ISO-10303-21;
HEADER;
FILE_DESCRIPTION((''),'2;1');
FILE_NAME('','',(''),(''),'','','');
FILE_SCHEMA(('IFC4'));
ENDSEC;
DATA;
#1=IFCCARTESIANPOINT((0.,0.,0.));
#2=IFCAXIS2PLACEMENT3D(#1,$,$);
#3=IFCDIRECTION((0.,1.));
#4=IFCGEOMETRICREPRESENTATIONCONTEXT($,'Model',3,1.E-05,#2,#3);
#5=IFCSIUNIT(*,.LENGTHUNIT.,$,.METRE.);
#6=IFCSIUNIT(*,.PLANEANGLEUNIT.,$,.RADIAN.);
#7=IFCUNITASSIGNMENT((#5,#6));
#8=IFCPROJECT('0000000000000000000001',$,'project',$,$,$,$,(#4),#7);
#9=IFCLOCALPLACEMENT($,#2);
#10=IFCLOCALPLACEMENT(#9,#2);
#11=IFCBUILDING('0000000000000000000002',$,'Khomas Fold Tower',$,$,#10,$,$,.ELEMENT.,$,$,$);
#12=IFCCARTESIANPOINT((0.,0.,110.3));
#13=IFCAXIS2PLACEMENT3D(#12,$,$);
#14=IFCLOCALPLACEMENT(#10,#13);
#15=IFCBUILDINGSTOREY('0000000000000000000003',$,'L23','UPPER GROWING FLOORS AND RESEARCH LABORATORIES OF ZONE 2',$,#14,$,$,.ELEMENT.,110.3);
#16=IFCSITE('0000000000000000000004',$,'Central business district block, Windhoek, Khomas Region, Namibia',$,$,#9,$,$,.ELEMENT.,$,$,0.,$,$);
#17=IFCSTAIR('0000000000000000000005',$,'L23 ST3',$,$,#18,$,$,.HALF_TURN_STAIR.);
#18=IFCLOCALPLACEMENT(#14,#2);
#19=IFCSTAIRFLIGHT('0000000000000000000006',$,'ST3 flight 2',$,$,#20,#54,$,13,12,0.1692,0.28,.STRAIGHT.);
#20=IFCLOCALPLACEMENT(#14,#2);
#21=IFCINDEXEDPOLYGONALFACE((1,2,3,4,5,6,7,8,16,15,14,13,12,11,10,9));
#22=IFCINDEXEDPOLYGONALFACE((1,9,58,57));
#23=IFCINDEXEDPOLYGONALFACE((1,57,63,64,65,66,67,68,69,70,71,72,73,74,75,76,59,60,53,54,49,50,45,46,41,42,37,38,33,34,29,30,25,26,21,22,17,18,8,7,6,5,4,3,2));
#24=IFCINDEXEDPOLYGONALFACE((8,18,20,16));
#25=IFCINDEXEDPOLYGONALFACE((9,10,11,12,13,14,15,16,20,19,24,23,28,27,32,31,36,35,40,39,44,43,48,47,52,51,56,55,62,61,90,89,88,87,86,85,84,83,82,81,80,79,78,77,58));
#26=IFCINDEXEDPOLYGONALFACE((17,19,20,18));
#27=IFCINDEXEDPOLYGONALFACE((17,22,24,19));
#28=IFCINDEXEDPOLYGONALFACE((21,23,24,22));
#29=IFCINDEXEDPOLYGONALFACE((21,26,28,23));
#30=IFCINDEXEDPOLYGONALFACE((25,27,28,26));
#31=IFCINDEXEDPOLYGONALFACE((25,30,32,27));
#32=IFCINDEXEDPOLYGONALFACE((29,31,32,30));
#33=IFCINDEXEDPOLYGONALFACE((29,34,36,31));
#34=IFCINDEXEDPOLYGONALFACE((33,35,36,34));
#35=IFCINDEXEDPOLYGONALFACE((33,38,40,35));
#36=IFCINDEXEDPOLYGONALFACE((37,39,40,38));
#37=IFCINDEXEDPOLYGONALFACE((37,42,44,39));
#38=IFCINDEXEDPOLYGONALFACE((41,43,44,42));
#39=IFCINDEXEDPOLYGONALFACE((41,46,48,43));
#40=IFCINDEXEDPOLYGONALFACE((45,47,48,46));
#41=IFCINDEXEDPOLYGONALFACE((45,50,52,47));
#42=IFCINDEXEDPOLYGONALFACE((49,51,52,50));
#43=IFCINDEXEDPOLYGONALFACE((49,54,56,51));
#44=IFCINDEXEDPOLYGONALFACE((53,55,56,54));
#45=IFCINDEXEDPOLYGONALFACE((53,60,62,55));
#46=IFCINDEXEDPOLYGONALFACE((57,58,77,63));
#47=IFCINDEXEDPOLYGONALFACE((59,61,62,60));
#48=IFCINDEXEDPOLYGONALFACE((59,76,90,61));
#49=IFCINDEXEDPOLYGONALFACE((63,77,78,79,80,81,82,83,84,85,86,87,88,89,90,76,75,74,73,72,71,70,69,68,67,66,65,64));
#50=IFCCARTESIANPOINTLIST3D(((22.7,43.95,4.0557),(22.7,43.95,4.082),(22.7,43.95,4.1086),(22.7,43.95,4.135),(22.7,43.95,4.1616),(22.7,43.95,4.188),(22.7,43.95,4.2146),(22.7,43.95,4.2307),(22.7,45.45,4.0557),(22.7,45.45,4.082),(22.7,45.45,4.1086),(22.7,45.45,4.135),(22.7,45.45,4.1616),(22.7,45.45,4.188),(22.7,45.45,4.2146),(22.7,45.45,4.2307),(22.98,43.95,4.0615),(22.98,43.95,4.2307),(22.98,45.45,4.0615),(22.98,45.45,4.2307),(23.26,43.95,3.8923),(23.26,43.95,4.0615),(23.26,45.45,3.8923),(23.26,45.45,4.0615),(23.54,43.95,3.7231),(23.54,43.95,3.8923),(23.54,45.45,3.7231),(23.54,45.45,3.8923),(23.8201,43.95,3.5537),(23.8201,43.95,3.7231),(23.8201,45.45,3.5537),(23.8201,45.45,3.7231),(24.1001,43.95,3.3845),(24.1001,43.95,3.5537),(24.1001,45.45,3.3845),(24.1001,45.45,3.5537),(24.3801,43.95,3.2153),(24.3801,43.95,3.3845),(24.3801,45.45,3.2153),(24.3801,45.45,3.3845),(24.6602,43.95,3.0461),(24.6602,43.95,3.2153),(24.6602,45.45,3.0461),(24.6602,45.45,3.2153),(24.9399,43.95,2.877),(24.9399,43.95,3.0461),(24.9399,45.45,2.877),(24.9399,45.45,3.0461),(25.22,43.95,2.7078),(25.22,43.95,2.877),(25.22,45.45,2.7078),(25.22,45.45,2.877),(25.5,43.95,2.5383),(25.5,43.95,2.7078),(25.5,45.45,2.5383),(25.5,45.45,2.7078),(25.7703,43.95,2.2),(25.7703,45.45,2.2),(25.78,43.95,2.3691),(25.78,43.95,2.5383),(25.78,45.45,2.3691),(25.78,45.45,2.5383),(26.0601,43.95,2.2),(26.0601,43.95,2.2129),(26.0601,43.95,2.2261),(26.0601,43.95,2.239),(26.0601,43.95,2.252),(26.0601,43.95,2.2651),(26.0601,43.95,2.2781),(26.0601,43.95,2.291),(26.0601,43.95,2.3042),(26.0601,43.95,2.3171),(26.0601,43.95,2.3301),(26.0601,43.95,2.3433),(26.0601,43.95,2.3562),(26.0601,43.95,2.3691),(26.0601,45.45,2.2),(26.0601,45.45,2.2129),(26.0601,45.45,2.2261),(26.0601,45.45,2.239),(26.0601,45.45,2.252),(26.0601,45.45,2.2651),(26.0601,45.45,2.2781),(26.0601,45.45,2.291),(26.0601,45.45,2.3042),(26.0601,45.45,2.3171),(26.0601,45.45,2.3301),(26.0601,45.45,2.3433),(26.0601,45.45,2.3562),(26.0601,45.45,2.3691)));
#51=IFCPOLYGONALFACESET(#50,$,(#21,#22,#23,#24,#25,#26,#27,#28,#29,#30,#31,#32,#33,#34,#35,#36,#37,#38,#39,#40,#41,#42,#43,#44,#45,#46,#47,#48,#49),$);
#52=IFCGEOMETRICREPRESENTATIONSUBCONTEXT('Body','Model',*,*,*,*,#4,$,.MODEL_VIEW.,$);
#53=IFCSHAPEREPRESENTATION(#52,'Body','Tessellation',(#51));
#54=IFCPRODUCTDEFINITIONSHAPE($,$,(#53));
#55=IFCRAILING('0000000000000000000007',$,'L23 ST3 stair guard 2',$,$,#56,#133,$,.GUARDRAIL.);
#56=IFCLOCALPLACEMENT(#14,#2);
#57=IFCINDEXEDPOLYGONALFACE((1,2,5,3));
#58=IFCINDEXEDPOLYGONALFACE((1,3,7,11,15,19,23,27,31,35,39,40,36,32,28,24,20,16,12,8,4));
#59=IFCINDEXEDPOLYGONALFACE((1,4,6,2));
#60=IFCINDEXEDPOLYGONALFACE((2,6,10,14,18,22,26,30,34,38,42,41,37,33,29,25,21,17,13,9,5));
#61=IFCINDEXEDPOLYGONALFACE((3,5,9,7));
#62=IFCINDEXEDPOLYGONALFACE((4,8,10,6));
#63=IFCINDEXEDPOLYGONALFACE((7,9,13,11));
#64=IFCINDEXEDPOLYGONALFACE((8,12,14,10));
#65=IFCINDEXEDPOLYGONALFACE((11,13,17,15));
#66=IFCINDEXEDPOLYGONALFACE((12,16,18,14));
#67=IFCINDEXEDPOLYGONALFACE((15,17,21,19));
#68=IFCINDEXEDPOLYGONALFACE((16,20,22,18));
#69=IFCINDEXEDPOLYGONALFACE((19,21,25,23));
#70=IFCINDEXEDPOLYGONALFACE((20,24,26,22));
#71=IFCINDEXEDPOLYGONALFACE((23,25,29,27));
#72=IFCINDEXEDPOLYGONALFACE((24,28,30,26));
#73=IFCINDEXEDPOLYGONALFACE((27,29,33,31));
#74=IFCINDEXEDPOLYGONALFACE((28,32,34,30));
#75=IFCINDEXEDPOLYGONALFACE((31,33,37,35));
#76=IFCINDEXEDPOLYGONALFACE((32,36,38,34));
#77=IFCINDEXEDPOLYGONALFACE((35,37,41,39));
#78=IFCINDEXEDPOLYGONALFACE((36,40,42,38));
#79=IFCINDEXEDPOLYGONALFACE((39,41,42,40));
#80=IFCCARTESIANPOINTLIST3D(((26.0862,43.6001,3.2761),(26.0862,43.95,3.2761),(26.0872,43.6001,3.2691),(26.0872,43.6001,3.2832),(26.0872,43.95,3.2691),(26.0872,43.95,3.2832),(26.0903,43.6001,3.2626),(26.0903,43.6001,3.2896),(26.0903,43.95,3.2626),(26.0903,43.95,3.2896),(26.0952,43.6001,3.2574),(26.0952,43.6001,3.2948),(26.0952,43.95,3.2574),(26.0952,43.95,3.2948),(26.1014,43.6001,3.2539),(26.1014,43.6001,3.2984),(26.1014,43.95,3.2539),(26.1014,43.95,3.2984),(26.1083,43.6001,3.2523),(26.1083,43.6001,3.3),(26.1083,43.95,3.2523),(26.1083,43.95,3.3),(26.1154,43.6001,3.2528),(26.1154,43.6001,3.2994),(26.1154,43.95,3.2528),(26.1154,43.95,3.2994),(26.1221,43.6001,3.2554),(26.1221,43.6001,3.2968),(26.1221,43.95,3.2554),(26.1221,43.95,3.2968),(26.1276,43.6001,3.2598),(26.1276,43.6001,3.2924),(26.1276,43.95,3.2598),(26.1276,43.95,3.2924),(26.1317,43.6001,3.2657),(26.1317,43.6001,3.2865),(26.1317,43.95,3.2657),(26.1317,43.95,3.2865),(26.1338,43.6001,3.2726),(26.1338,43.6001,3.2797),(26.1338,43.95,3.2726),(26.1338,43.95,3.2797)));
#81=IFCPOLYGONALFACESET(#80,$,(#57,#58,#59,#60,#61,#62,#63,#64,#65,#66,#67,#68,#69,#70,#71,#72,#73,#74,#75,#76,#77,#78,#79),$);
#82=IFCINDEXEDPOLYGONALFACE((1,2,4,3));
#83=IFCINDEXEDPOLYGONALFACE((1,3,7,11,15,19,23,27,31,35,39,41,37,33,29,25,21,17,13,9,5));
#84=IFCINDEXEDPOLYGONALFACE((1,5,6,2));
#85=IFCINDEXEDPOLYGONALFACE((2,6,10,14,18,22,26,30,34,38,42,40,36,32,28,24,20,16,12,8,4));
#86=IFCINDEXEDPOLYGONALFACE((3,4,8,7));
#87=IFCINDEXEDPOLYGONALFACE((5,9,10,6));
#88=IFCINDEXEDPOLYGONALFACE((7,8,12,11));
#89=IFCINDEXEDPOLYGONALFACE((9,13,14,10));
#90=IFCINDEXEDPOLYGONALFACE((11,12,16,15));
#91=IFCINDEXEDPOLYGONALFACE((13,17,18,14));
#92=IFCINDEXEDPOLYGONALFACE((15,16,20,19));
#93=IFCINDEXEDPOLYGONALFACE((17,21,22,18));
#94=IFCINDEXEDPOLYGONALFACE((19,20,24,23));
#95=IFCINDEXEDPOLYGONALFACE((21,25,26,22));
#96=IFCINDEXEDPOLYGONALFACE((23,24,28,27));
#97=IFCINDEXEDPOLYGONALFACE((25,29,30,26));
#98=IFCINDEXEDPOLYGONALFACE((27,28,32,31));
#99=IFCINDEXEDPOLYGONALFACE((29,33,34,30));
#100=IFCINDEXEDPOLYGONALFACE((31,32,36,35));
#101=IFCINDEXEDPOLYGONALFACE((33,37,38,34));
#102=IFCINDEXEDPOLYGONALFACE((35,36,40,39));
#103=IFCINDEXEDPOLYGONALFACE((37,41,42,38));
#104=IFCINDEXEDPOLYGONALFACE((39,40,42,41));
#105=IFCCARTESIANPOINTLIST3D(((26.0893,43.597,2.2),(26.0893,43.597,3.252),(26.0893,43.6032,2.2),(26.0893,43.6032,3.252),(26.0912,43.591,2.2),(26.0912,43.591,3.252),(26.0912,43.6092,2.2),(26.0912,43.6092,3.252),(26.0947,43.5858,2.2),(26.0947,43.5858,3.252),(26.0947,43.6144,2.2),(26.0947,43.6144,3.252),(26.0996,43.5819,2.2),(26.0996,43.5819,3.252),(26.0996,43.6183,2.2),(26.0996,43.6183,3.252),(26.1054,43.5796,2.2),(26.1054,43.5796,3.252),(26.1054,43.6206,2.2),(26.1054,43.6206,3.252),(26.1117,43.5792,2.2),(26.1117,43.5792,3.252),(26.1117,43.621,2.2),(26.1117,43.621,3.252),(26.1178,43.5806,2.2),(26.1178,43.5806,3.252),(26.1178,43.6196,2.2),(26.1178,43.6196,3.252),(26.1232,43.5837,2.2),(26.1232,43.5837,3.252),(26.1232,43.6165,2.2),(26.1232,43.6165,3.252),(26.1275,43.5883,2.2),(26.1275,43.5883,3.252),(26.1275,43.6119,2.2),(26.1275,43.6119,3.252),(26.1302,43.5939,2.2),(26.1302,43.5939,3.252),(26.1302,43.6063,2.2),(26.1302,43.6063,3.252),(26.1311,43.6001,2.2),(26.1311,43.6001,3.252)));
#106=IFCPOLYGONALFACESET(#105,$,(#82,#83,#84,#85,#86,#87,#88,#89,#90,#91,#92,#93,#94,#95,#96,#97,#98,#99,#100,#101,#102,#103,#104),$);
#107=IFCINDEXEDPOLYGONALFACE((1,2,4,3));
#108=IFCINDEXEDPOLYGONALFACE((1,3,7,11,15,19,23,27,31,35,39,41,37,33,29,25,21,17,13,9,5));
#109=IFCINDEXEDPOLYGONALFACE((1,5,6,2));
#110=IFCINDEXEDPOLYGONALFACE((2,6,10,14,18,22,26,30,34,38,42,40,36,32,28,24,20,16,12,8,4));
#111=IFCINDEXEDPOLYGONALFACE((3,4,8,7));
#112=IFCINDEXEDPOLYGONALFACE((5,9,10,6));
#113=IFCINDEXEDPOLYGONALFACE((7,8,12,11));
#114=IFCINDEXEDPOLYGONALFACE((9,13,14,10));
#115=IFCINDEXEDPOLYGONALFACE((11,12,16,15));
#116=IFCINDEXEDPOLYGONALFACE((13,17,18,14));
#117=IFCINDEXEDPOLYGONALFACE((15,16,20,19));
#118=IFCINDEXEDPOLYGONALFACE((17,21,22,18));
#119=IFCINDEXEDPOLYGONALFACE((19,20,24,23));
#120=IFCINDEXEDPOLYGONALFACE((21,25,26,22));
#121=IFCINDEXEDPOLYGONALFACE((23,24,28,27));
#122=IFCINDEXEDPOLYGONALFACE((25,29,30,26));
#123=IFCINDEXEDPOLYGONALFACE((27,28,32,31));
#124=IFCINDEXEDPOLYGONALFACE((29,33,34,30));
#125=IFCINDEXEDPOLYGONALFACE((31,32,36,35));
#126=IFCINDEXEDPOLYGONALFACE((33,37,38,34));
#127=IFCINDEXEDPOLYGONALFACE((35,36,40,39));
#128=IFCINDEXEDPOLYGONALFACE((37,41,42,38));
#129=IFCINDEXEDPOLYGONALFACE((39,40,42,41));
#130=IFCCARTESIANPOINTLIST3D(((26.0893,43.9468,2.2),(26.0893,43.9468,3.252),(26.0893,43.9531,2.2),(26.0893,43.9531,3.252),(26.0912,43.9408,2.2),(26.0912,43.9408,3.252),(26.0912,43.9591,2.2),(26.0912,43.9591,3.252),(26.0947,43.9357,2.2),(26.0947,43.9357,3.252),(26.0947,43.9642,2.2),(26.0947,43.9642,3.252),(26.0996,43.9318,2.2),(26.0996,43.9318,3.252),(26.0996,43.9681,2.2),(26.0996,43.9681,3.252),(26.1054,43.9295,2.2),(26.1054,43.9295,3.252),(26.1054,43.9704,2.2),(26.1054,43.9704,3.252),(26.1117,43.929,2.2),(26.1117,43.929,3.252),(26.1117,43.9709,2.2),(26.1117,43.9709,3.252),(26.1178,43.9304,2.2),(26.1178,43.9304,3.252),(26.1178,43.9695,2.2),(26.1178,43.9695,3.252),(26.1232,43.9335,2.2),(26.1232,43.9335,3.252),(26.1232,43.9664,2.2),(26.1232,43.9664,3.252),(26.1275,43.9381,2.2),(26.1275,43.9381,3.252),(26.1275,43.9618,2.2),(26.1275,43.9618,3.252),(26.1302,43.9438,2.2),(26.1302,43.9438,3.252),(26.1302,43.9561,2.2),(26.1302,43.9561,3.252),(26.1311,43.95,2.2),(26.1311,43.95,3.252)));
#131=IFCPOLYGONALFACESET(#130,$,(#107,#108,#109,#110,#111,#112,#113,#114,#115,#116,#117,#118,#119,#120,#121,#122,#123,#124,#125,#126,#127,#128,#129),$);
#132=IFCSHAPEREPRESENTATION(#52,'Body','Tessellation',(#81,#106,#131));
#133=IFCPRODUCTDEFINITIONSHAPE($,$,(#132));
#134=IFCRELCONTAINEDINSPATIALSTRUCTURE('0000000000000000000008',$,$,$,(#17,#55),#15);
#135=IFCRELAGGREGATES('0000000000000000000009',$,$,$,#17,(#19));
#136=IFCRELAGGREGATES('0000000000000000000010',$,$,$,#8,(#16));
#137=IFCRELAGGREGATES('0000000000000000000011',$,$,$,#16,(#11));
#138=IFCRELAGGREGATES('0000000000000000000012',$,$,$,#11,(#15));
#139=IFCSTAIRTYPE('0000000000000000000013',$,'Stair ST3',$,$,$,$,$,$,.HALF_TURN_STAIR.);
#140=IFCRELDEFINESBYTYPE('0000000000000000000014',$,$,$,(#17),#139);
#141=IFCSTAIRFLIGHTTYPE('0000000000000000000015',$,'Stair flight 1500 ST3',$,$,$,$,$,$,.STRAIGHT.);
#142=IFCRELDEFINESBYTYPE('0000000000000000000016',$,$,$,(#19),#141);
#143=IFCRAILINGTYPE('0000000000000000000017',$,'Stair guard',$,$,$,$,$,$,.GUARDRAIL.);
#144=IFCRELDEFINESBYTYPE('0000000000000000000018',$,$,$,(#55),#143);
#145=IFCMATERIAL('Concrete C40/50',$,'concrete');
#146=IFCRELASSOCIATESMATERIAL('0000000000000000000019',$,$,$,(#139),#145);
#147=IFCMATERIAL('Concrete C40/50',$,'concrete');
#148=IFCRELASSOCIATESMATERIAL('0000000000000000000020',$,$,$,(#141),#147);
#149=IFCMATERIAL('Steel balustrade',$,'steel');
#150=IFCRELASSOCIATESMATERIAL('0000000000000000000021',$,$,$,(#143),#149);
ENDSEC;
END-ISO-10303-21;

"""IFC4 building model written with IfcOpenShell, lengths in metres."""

from ifc_helpers import new_model, si_unit, direction, frame, origin, origin_2d, place, context, subcontext, project, spatial, polyline, circle, outline, extrude, source, transform, mapped, material, type_object, element, aggregate, save


model = new_model("IFC4")

# Units and contexts
model_context = context("Model", 3, precision=1e-05, world=origin(), true_north=direction((0.0, 1.0)))
body_context = subcontext(model_context, "Body", "Model", "MODEL_VIEW")
ifc_project = project(units=[si_unit("LENGTHUNIT", "METRE"), si_unit("PLANEANGLEUNIT", "RADIAN")], contexts=[model_context])

# Site, building, storey
site_placement = place(None, origin())
site = spatial("IfcSite", under=ifc_project, at=site_placement, Name="Central business district block, Windhoek, Khomas Region, Namibia", CompositionType="ELEMENT", RefElevation=0.0)
building_placement = place(site_placement, origin())
building = spatial("IfcBuilding", under=site, at=building_placement, Name="Khomas Fold Tower", CompositionType="ELEMENT")
storey_placement = place(building_placement, frame((0.0, 0.0, 110.3)))
storey = spatial("IfcBuildingStorey", under=building, at=storey_placement, Name="L23", Description="UPPER GROWING FLOORS AND RESEARCH LABORATORIES OF ZONE 2", CompositionType="ELEMENT", Elevation=110.3)

# Stair, stair flight
ifc_material_1 = material(Name="Concrete C40/50", Category="concrete")
stair_type = type_object("IfcStairType", Name="Stair ST3", PredefinedType="HALF_TURN_STAIR", material=ifc_material_1)
stair_placement = place(storey_placement, origin())
stair = element("IfcStair", 1, at=stair_placement, inside=storey, type_object=stair_type, Name="L23 ST3", PredefinedType="HALF_TURN_STAIR")
ifc_material_2 = material(Name="Concrete C40/50", Category="concrete")
stair_flight_type = type_object("IfcStairFlightType", Name="Stair flight 1500 ST3", PredefinedType="STRAIGHT", material=ifc_material_2)
shared_shape_1 = source(origin(), body_context, "Body", "SweptSolid", [
    extrude(outline(polyline([(0.0, 0.0), (0.0, 0.0129), (0.0, 0.0261), (0.0, 0.0391), (0.0, 0.052), (0.0, 0.0652), (0.0, 0.0781), (0.0, 0.0911), (0.0, 0.1042), (0.0, 0.1172), (0.0, 0.1301), (0.0, 0.1433), (0.0, 0.1562), (0.0, 0.1692), (0.28, 0.1692), (0.28, 0.3384), (0.5601, 0.3384), (0.5601, 0.5078), (0.8401, 0.5078), (0.8401, 0.677), (1.1201, 0.677), (1.1201, 0.8462), (1.3999, 0.8462), (1.3999, 1.0154), (1.6799, 1.0154), (1.6799, 1.1846), (1.96, 1.1846), (1.96, 1.3538), (2.24, 1.3538), (2.24, 1.5232), (2.52, 1.5232), (2.52, 1.6924), (2.8, 1.6924), (2.8, 1.8616), (3.0801, 1.8616), (3.0801, 2.0308), (3.3601, 2.0308), (3.3601, 2.2), (3.3601, 2.1736), (3.3601, 2.147), (3.3601, 2.1206), (3.3601, 2.094), (3.3601, 2.0676), (3.3601, 2.041), (3.3601, 2.0146), (3.3601, 1.988), (3.3601, 1.9617), (3.3601, 1.9351), (3.3601, 1.9087), (3.3601, 1.8821), (3.3601, 1.8557), (0.2898, 0.0), (0.0, 0.0)])), frame((0.0, 0.75, 0.0), z_axis=(0.0, -1.0, 0.0), x_axis=(1.0, 0.0, 0.0)), (0.0, 0.0, 1.0), 1.5),
])
stair_flight_placement = place(storey_placement, frame((26.0601, 44.7, 2.2), z_axis=(0.0, 0.0, 1.0), x_axis=(-1.0, 0.0, 0.0)))
stair_flight = element("IfcStairFlight", 2, at=stair_flight_placement, type_object=stair_flight_type, Name="ST3 flight 2", NumberOfRisers=13, NumberOfTreads=12, PredefinedType="STRAIGHT", RiserHeight=0.1692, TreadLength=0.28, context=body_context, shape_type="MappedRepresentation", body=[
    mapped(shared_shape_1, transform((0.0, 0.0, 0.0))),
])
aggregate(stair, [stair_flight])

# Railing
ifc_material_3 = material(Name="Steel balustrade", Category="steel")
railing_type_1 = type_object("IfcRailingType", Name="Stair guard", PredefinedType="GUARDRAIL", material=ifc_material_3)
shared_shape_2 = source(origin(), body_context, "Body", "SweptSolid", [
    extrude(circle(Radius=0.0239, at=origin_2d()), frame((0.0, 0.0, 1.0762), z_axis=(0.0, 1.0, 0.0), x_axis=(-1.0, 0.0, 0.0)), (0.0, 0.0, 1.0), 0.3499),
    extrude(circle(Radius=0.021, at=origin_2d()), origin(), (0.0, 0.0, 1.0), 1.052),
    extrude(circle(Radius=0.021, at=origin_2d()), frame((0.0, 0.3499, 0.0)), (0.0, 0.0, 1.0), 1.052),
])
for number, where, name in (
    (3, (26.1101, 43.6001, 2.2), "L23 ST3 stair guard 2"),
):
    element("IfcRailing", number, at=place(storey_placement, frame(where)), inside=storey, type_object=railing_type_1, Name=name, PredefinedType="GUARDRAIL", context=body_context, shape_type="MappedRepresentation", body=[
        mapped(shared_shape_2, transform((0.0, 0.0, 0.0))),
    ])

save(model, "model.ifc")
